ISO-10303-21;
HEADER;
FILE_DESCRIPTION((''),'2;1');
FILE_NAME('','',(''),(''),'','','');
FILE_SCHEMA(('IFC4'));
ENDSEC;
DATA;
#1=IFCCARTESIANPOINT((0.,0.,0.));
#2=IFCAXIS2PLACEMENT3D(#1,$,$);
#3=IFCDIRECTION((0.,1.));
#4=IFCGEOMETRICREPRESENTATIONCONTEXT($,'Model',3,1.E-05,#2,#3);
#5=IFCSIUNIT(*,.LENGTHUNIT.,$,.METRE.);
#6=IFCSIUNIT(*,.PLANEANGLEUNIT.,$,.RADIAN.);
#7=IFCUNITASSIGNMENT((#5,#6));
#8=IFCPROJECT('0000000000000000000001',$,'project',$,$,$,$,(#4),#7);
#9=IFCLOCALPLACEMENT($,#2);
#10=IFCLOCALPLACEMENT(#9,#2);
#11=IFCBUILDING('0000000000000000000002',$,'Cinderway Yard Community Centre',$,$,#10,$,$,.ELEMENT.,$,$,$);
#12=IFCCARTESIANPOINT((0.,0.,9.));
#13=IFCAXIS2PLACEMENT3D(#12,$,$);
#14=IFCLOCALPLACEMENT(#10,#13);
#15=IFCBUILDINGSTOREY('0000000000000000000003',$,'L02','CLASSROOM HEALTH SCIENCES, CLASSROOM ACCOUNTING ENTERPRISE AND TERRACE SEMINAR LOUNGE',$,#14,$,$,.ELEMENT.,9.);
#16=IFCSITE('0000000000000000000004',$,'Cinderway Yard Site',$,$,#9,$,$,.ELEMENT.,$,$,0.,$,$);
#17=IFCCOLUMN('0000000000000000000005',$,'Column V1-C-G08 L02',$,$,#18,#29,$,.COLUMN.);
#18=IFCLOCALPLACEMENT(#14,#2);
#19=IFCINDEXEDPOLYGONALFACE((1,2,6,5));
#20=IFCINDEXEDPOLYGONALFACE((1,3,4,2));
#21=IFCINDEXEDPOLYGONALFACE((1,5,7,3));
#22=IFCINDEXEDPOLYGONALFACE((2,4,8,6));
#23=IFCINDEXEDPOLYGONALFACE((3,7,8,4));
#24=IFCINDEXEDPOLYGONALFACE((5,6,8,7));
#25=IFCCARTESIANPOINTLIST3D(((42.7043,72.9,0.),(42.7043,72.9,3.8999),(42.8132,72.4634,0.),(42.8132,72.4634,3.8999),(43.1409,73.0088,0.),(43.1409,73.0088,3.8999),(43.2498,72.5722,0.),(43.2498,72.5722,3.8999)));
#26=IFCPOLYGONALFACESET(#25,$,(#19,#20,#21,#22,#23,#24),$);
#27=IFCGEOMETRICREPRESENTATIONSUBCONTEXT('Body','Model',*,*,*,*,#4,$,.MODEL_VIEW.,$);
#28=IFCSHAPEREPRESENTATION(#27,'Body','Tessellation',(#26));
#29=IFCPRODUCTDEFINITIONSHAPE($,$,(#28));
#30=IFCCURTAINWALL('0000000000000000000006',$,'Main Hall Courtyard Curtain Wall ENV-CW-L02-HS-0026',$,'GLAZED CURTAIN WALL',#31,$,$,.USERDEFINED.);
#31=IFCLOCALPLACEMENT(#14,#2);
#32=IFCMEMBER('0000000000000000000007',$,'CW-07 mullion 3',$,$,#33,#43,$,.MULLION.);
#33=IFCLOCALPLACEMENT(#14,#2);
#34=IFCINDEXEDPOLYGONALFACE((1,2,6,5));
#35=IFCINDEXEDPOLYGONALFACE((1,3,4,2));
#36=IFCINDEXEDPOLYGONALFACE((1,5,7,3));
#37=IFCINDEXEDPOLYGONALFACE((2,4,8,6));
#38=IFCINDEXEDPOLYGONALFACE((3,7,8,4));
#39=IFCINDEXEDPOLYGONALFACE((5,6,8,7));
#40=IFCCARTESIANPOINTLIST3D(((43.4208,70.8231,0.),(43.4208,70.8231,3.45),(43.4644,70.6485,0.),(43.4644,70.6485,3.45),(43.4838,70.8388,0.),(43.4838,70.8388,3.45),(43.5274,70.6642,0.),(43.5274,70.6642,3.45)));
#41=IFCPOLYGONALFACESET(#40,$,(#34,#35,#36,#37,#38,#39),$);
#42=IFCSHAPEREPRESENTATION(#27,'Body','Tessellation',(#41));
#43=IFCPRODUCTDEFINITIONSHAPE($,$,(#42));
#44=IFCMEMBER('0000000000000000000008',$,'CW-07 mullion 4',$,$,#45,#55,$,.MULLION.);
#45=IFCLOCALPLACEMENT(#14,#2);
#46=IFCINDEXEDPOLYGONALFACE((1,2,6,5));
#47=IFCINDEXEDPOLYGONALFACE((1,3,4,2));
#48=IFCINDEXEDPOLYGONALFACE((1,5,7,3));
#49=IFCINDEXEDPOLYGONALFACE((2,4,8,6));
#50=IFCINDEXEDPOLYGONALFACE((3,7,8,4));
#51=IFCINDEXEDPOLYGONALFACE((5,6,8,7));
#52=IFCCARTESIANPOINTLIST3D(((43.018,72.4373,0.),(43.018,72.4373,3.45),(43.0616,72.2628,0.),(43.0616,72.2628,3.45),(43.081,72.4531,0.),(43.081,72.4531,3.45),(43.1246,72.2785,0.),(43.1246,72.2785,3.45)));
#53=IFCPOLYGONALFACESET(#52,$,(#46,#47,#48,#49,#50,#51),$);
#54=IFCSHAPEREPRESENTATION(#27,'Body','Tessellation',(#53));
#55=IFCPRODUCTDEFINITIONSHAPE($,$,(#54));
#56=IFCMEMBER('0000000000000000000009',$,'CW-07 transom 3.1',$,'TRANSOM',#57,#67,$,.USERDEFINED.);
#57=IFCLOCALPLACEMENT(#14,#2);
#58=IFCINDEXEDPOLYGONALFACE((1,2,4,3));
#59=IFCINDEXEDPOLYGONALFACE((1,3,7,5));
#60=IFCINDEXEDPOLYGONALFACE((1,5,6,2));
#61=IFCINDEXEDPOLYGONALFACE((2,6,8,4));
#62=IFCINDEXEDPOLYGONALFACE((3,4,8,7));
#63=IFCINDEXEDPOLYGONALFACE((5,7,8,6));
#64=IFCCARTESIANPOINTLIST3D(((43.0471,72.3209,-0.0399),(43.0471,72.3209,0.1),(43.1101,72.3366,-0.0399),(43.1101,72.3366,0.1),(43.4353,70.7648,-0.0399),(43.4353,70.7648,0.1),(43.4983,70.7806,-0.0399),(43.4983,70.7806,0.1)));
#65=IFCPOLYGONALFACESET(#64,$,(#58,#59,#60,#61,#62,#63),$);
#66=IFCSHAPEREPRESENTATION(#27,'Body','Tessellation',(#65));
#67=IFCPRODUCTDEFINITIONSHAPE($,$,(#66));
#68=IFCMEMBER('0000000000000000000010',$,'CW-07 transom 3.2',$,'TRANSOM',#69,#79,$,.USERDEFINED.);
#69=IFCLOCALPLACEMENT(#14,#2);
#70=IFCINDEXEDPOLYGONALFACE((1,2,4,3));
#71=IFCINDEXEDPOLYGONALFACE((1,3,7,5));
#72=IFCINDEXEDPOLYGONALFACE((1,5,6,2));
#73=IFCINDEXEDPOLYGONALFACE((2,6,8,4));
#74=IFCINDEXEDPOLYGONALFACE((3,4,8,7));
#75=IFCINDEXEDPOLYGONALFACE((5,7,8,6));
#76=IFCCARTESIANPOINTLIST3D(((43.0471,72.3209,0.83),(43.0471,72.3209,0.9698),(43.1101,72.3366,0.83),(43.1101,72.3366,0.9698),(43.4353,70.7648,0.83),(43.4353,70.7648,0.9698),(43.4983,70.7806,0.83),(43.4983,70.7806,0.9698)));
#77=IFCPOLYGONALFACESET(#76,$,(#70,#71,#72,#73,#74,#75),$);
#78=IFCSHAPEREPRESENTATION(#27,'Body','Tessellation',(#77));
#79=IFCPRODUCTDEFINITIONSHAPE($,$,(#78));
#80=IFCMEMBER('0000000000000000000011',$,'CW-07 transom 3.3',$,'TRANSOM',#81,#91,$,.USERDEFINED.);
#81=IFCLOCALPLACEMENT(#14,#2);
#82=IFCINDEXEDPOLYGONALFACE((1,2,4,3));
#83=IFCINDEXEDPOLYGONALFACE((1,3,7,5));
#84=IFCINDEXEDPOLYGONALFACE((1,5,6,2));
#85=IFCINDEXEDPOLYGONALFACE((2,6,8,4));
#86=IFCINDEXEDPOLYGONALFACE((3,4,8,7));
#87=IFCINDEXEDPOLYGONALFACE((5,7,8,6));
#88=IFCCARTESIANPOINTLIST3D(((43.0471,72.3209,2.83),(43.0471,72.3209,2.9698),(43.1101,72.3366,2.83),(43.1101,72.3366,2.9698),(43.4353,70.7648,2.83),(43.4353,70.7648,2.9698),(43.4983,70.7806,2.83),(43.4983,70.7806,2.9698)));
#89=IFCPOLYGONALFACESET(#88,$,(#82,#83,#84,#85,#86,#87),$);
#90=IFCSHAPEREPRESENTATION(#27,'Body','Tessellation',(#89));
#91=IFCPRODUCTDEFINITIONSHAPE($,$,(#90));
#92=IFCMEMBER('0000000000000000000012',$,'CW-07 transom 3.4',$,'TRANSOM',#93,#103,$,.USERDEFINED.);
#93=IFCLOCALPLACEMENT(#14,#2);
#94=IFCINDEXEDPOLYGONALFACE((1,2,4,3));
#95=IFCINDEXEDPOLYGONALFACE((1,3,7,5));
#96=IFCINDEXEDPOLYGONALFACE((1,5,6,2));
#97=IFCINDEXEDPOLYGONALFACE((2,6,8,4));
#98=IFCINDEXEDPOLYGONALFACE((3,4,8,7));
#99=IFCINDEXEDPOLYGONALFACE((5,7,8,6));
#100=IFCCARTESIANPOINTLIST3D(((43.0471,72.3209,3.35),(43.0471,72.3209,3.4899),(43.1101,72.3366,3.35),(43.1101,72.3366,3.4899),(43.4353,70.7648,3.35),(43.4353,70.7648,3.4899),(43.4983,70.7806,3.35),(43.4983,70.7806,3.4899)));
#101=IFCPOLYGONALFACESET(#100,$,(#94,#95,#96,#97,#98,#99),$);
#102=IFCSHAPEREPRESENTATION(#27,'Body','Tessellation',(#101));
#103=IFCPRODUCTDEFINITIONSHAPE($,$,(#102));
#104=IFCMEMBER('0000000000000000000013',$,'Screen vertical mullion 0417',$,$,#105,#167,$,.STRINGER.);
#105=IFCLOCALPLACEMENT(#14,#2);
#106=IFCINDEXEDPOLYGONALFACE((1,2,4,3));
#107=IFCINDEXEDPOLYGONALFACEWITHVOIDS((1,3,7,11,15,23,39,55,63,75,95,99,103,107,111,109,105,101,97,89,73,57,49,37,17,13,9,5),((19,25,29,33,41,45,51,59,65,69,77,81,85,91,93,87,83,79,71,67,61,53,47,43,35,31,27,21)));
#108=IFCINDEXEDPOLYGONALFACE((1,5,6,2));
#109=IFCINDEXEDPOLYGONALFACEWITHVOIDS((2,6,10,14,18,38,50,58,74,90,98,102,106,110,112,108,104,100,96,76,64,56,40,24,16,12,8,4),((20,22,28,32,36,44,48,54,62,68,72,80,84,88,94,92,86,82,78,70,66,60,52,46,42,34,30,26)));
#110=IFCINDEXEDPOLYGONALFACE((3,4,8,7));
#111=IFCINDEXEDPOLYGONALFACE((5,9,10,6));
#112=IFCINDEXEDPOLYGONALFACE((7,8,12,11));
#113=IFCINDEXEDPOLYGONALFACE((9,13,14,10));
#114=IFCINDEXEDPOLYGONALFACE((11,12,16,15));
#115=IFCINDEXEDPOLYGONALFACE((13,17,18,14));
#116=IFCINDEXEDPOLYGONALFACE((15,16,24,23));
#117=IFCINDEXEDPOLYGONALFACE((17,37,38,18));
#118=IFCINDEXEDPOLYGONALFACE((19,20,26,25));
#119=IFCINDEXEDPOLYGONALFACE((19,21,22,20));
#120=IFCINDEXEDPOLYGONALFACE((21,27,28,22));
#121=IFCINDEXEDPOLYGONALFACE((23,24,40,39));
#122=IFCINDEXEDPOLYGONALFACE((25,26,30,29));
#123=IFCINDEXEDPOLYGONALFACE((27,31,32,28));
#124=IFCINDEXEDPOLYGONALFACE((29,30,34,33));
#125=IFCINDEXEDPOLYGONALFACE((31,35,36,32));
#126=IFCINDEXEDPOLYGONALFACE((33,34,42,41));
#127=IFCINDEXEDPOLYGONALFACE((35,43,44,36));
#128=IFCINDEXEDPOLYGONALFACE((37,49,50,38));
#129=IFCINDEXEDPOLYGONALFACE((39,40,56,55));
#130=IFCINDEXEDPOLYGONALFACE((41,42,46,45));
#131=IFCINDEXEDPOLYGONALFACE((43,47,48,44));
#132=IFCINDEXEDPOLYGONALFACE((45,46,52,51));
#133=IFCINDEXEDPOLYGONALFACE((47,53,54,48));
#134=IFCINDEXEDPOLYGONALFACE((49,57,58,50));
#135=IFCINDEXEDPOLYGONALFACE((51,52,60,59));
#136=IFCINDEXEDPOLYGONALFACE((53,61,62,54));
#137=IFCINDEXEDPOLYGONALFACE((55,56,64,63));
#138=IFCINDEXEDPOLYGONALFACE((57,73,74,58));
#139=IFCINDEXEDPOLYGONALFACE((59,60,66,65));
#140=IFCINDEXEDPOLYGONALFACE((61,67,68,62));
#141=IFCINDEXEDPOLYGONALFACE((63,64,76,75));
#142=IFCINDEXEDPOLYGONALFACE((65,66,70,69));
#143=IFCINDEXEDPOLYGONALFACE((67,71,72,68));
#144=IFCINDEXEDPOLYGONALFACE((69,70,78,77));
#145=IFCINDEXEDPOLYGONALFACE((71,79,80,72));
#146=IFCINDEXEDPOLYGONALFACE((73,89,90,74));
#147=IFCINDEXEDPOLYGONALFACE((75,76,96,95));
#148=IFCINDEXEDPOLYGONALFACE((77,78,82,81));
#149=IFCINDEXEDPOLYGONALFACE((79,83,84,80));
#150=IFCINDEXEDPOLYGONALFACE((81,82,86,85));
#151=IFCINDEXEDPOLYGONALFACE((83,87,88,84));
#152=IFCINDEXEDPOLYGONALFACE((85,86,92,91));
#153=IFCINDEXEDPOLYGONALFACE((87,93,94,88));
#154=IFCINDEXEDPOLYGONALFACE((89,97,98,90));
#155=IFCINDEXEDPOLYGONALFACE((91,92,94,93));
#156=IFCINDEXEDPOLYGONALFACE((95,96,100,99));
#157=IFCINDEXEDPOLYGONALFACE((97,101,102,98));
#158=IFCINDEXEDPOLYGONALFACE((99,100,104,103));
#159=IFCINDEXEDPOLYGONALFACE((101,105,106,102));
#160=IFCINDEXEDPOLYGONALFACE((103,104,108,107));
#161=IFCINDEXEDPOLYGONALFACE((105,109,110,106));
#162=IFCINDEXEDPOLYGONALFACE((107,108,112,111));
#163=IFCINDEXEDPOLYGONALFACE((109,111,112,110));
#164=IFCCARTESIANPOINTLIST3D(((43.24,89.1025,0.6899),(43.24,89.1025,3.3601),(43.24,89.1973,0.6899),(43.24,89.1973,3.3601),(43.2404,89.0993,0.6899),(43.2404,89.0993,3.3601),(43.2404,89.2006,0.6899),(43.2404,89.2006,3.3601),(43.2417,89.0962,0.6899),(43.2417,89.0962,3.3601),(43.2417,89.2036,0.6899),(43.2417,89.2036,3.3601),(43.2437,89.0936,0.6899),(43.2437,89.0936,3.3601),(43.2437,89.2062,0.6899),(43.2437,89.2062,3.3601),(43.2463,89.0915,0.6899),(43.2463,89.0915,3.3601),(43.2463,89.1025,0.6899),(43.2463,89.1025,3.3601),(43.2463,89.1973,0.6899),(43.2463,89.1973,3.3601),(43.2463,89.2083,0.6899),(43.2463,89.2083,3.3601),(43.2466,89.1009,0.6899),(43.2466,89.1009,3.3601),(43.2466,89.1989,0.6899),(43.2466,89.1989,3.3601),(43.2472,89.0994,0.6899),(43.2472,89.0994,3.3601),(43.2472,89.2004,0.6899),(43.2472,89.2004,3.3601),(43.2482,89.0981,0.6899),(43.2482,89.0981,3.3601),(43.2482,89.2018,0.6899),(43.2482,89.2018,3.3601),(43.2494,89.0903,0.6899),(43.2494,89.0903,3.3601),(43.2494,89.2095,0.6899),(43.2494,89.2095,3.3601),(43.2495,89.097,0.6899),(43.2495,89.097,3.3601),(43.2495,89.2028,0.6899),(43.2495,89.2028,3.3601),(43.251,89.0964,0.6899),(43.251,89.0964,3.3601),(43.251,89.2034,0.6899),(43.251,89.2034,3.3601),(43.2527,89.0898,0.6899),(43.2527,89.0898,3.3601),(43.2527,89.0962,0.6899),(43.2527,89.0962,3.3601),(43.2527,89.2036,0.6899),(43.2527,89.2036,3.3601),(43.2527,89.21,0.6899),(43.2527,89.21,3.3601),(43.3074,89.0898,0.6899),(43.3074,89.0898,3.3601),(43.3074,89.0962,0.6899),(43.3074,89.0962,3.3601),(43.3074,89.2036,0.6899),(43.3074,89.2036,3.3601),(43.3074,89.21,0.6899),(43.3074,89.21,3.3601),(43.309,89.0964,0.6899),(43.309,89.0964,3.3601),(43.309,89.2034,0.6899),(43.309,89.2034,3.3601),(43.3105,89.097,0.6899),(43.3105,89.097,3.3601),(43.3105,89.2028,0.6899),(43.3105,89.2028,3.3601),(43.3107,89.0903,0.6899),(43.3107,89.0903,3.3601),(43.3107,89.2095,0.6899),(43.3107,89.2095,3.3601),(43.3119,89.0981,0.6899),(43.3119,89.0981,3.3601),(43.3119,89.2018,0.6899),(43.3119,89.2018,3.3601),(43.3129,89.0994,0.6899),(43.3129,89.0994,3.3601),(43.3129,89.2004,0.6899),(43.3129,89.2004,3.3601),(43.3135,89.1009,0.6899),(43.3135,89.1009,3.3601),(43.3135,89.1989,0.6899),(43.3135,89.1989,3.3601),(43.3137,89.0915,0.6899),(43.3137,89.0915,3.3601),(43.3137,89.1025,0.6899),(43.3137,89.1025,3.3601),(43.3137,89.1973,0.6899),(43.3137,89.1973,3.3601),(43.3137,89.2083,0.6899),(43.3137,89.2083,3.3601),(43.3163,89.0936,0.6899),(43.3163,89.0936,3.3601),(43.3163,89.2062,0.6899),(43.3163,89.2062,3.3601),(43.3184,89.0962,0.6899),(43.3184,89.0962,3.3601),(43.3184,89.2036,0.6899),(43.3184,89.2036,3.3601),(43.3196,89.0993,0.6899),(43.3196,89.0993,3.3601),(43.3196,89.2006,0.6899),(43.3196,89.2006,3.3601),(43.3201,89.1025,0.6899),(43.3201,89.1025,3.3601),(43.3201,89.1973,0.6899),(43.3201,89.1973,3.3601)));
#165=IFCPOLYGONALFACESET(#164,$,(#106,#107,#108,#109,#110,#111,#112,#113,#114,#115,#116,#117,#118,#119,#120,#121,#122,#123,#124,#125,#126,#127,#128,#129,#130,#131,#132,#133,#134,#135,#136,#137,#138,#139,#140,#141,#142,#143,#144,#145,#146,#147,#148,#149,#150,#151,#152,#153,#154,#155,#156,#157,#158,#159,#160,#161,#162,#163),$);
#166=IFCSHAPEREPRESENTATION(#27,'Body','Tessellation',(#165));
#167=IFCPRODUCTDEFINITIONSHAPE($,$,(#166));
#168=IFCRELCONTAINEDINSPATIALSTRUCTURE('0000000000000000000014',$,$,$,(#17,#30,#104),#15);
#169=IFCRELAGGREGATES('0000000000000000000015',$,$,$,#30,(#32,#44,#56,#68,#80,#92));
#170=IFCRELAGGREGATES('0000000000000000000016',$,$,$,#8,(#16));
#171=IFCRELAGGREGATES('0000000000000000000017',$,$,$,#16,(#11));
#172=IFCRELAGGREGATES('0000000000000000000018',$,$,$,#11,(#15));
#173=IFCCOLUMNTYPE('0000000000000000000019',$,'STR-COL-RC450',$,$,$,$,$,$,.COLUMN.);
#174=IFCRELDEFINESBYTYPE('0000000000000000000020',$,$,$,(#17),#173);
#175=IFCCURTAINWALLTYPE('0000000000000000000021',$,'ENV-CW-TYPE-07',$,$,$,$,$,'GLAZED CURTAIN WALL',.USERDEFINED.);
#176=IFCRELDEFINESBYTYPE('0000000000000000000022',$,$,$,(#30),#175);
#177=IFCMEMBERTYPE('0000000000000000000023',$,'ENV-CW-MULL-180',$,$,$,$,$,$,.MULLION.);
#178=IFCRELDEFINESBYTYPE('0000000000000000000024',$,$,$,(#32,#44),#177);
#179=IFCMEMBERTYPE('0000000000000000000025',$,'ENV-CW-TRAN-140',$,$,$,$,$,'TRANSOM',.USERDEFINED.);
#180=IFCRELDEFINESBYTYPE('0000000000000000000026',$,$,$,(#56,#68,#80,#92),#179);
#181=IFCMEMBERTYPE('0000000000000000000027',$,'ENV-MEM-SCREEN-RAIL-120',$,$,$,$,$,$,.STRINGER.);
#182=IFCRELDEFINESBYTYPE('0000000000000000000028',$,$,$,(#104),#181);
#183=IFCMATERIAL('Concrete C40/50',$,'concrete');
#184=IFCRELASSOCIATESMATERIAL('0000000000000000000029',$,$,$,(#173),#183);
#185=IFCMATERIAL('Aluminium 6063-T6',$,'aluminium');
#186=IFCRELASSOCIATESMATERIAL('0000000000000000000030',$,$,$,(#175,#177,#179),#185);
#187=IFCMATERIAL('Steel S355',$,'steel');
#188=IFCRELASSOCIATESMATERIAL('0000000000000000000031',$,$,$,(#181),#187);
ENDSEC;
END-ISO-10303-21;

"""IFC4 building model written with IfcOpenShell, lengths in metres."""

from ifc_helpers import new_model, si_unit, direction, frame, origin, origin_2d, place, context, subcontext, project, spatial, rectangle, hollow_rectangle, extrude, material, material_profile, profile_set, type_object, element, aggregate, save


model = new_model("IFC4")

# Units and contexts
model_context = context("Model", 3, precision=1e-05, world=origin(), true_north=direction((0.0, 1.0)))
body_context = subcontext(model_context, "Body", "Model", "MODEL_VIEW")
ifc_project = project(units=[si_unit("LENGTHUNIT", "METRE"), si_unit("PLANEANGLEUNIT", "RADIAN")], contexts=[model_context])

# Site, building, storey
site_placement = place(None, origin())
site = spatial("IfcSite", under=ifc_project, at=site_placement, Name="Cinderway Yard Site", CompositionType="ELEMENT", RefElevation=0.0)
building_placement = place(site_placement, origin())
building = spatial("IfcBuilding", under=site, at=building_placement, Name="Cinderway Yard Community Centre", CompositionType="ELEMENT")
storey_placement = place(building_placement, frame((0.0, 0.0, 9.0)))
storey = spatial("IfcBuildingStorey", under=building, at=storey_placement, Name="L02", Description="CLASSROOM HEALTH SCIENCES, CLASSROOM ACCOUNTING ENTERPRISE AND TERRACE SEMINAR LOUNGE", CompositionType="ELEMENT", Elevation=9.0)

# Column
ifc_material_1 = material(Name="Concrete C40/50", Category="concrete")
ifc_material_profile_1 = material_profile(ifc_material_1, rectangle(XDim=0.45, YDim=0.45, at=origin_2d()), Name="Concrete C40/50")
ifc_profile_set_1 = profile_set([ifc_material_profile_1], Name="Concrete C40/50")
column_type = type_object("IfcColumnType", Name="STR-COL-RC450", PredefinedType="COLUMN", material=ifc_profile_set_1)
column_placement = place(storey_placement, frame((42.9771, 72.7361, 0.0), z_axis=(0.0, 0.0, 1.0), x_axis=(0.970296, 0.241922, 0.0)))
element("IfcColumn", 1, at=column_placement, inside=storey, type_object=column_type, Name="Column V1-C-G08 L02", PredefinedType="COLUMN", context=body_context, shape_type="SweptSolid", body=[
    extrude(rectangle(XDim=0.45, YDim=0.45, at=origin_2d()), origin(), (0.0, 0.0, 1.0), 3.8999),
])

# Curtain wall, members
ifc_material_2 = material(Name="Aluminium 6063-T6", Category="aluminium")
curtain_wall_type = type_object("IfcCurtainWallType", Name="ENV-CW-TYPE-07", ElementType="GLAZED CURTAIN WALL", PredefinedType="USERDEFINED", material=ifc_material_2)
curtain_wall_placement = place(storey_placement, origin())
curtain_wall = element("IfcCurtainWall", 2, at=curtain_wall_placement, inside=storey, type_object=curtain_wall_type, Name="Main Hall Courtyard Curtain Wall ENV-CW-L02-HS-0026", ObjectType="GLAZED CURTAIN WALL", PredefinedType="USERDEFINED")
ifc_material_profile_2 = material_profile(ifc_material_2, rectangle(XDim=0.0649, YDim=0.1799, at=origin_2d()), Name="Aluminium 6063-T6")
ifc_profile_set_2 = profile_set([ifc_material_profile_2], Name="Aluminium 6063-T6")
member_type_1 = type_object("IfcMemberType", Name="ENV-CW-MULL-180", PredefinedType="MULLION", material=ifc_profile_set_2)
member_1_placement = place(storey_placement, frame((43.4741, 70.7437, 0.0), z_axis=(0.0, 0.0, 1.0), x_axis=(-0.970258, -0.242073, 0.0)))
member_1 = element("IfcMember", 3, at=member_1_placement, type_object=member_type_1, Name="CW-07 mullion 3", PredefinedType="MULLION", context=body_context, shape_type="SweptSolid", body=[
    extrude(rectangle(XDim=0.0649, YDim=0.1799, at=origin_2d()), origin(), (0.0, 0.0, 1.0), 3.45),
])
member_2_placement = place(storey_placement, frame((43.0713, 72.3579, 0.0), z_axis=(0.0, 0.0, 1.0), x_axis=(-0.970258, -0.242073, 0.0)))
member_2 = element("IfcMember", 4, at=member_2_placement, type_object=member_type_1, Name="CW-07 mullion 4", PredefinedType="MULLION", context=body_context, shape_type="SweptSolid", body=[
    extrude(rectangle(XDim=0.0649, YDim=0.1799, at=origin_2d()), origin(), (0.0, 0.0, 1.0), 3.45),
])
ifc_material_profile_3 = material_profile(ifc_material_2, rectangle(XDim=0.0649, YDim=0.1399, at=origin_2d()), Name="Aluminium 6063-T6")
ifc_profile_set_3 = profile_set([ifc_material_profile_3], Name="Aluminium 6063-T6")
member_type_2 = type_object("IfcMemberType", Name="ENV-CW-TRAN-140", ElementType="TRANSOM", PredefinedType="USERDEFINED", material=ifc_profile_set_3)
member_3_placement = place(storey_placement, frame((43.4668, 70.7727, 0.03), z_axis=(-0.242034, 0.970268, 0.0), x_axis=(-0.970268, -0.242034, 0.0)))
member_3 = element("IfcMember", 5, at=member_3_placement, type_object=member_type_2, Name="CW-07 transom 3.1", ObjectType="TRANSOM", PredefinedType="USERDEFINED", context=body_context, shape_type="SweptSolid", body=[
    extrude(rectangle(XDim=0.0649, YDim=0.1399, at=origin_2d()), origin(), (0.0, 0.0, 1.0), 1.6038),
])
member_4_placement = place(storey_placement, frame((43.4668, 70.7727, 0.8999), z_axis=(-0.242034, 0.970268, 0.0), x_axis=(-0.970268, -0.242034, 0.0)))
member_4 = element("IfcMember", 6, at=member_4_placement, type_object=member_type_2, Name="CW-07 transom 3.2", ObjectType="TRANSOM", PredefinedType="USERDEFINED", context=body_context, shape_type="SweptSolid", body=[
    extrude(rectangle(XDim=0.0649, YDim=0.1399, at=origin_2d()), origin(), (0.0, 0.0, 1.0), 1.6038),
])
member_5_placement = place(storey_placement, frame((43.4668, 70.7727, 2.8999), z_axis=(-0.242034, 0.970268, 0.0), x_axis=(-0.970268, -0.242034, 0.0)))
member_5 = element("IfcMember", 7, at=member_5_placement, type_object=member_type_2, Name="CW-07 transom 3.3", ObjectType="TRANSOM", PredefinedType="USERDEFINED", context=body_context, shape_type="SweptSolid", body=[
    extrude(rectangle(XDim=0.0649, YDim=0.1399, at=origin_2d()), origin(), (0.0, 0.0, 1.0), 1.6038),
])
member_6_placement = place(storey_placement, frame((43.4668, 70.7727, 3.4199), z_axis=(-0.242034, 0.970268, 0.0), x_axis=(-0.970268, -0.242034, 0.0)))
member_6 = element("IfcMember", 8, at=member_6_placement, type_object=member_type_2, Name="CW-07 transom 3.4", ObjectType="TRANSOM", PredefinedType="USERDEFINED", context=body_context, shape_type="SweptSolid", body=[
    extrude(rectangle(XDim=0.0649, YDim=0.1399, at=origin_2d()), origin(), (0.0, 0.0, 1.0), 1.6038),
])

# Member
ifc_material_3 = material(Name="Steel S355", Category="steel")
ifc_material_profile_4 = material_profile(ifc_material_3, hollow_rectangle(XDim=0.0801, YDim=0.1201, WallThickness=0.0063, InnerFilletRadius=0.0063, OuterFilletRadius=0.0127, at=origin_2d()), Name="Steel S355")
ifc_profile_set_4 = profile_set([ifc_material_profile_4], Name="Steel S355")
member_type_3 = type_object("IfcMemberType", Name="ENV-MEM-SCREEN-RAIL-120", PredefinedType="STRINGER", material=ifc_profile_set_4)
for number, where, z_axis, x_axis, name in (
    (9, (43.28, 89.1499, 0.6899), (0.0, 0.0, 1.0), (1.0, 0.0, 0.0), "Screen vertical mullion 0417"),
):
    element("IfcMember", number, at=place(storey_placement, frame(where, z_axis=z_axis, x_axis=x_axis)), inside=storey, type_object=member_type_3, Name=name, PredefinedType="STRINGER", context=body_context, shape_type="SweptSolid", body=[
        extrude(hollow_rectangle(XDim=0.0801, YDim=0.1201, WallThickness=0.0063, InnerFilletRadius=0.0063, OuterFilletRadius=0.0127, at=origin_2d()), origin(), (0.0, 0.0, 1.0), 2.6702),
    ])

aggregate(curtain_wall, [member_1, member_2, member_3, member_4, member_5, member_6])

save(model, "model.ifc")
